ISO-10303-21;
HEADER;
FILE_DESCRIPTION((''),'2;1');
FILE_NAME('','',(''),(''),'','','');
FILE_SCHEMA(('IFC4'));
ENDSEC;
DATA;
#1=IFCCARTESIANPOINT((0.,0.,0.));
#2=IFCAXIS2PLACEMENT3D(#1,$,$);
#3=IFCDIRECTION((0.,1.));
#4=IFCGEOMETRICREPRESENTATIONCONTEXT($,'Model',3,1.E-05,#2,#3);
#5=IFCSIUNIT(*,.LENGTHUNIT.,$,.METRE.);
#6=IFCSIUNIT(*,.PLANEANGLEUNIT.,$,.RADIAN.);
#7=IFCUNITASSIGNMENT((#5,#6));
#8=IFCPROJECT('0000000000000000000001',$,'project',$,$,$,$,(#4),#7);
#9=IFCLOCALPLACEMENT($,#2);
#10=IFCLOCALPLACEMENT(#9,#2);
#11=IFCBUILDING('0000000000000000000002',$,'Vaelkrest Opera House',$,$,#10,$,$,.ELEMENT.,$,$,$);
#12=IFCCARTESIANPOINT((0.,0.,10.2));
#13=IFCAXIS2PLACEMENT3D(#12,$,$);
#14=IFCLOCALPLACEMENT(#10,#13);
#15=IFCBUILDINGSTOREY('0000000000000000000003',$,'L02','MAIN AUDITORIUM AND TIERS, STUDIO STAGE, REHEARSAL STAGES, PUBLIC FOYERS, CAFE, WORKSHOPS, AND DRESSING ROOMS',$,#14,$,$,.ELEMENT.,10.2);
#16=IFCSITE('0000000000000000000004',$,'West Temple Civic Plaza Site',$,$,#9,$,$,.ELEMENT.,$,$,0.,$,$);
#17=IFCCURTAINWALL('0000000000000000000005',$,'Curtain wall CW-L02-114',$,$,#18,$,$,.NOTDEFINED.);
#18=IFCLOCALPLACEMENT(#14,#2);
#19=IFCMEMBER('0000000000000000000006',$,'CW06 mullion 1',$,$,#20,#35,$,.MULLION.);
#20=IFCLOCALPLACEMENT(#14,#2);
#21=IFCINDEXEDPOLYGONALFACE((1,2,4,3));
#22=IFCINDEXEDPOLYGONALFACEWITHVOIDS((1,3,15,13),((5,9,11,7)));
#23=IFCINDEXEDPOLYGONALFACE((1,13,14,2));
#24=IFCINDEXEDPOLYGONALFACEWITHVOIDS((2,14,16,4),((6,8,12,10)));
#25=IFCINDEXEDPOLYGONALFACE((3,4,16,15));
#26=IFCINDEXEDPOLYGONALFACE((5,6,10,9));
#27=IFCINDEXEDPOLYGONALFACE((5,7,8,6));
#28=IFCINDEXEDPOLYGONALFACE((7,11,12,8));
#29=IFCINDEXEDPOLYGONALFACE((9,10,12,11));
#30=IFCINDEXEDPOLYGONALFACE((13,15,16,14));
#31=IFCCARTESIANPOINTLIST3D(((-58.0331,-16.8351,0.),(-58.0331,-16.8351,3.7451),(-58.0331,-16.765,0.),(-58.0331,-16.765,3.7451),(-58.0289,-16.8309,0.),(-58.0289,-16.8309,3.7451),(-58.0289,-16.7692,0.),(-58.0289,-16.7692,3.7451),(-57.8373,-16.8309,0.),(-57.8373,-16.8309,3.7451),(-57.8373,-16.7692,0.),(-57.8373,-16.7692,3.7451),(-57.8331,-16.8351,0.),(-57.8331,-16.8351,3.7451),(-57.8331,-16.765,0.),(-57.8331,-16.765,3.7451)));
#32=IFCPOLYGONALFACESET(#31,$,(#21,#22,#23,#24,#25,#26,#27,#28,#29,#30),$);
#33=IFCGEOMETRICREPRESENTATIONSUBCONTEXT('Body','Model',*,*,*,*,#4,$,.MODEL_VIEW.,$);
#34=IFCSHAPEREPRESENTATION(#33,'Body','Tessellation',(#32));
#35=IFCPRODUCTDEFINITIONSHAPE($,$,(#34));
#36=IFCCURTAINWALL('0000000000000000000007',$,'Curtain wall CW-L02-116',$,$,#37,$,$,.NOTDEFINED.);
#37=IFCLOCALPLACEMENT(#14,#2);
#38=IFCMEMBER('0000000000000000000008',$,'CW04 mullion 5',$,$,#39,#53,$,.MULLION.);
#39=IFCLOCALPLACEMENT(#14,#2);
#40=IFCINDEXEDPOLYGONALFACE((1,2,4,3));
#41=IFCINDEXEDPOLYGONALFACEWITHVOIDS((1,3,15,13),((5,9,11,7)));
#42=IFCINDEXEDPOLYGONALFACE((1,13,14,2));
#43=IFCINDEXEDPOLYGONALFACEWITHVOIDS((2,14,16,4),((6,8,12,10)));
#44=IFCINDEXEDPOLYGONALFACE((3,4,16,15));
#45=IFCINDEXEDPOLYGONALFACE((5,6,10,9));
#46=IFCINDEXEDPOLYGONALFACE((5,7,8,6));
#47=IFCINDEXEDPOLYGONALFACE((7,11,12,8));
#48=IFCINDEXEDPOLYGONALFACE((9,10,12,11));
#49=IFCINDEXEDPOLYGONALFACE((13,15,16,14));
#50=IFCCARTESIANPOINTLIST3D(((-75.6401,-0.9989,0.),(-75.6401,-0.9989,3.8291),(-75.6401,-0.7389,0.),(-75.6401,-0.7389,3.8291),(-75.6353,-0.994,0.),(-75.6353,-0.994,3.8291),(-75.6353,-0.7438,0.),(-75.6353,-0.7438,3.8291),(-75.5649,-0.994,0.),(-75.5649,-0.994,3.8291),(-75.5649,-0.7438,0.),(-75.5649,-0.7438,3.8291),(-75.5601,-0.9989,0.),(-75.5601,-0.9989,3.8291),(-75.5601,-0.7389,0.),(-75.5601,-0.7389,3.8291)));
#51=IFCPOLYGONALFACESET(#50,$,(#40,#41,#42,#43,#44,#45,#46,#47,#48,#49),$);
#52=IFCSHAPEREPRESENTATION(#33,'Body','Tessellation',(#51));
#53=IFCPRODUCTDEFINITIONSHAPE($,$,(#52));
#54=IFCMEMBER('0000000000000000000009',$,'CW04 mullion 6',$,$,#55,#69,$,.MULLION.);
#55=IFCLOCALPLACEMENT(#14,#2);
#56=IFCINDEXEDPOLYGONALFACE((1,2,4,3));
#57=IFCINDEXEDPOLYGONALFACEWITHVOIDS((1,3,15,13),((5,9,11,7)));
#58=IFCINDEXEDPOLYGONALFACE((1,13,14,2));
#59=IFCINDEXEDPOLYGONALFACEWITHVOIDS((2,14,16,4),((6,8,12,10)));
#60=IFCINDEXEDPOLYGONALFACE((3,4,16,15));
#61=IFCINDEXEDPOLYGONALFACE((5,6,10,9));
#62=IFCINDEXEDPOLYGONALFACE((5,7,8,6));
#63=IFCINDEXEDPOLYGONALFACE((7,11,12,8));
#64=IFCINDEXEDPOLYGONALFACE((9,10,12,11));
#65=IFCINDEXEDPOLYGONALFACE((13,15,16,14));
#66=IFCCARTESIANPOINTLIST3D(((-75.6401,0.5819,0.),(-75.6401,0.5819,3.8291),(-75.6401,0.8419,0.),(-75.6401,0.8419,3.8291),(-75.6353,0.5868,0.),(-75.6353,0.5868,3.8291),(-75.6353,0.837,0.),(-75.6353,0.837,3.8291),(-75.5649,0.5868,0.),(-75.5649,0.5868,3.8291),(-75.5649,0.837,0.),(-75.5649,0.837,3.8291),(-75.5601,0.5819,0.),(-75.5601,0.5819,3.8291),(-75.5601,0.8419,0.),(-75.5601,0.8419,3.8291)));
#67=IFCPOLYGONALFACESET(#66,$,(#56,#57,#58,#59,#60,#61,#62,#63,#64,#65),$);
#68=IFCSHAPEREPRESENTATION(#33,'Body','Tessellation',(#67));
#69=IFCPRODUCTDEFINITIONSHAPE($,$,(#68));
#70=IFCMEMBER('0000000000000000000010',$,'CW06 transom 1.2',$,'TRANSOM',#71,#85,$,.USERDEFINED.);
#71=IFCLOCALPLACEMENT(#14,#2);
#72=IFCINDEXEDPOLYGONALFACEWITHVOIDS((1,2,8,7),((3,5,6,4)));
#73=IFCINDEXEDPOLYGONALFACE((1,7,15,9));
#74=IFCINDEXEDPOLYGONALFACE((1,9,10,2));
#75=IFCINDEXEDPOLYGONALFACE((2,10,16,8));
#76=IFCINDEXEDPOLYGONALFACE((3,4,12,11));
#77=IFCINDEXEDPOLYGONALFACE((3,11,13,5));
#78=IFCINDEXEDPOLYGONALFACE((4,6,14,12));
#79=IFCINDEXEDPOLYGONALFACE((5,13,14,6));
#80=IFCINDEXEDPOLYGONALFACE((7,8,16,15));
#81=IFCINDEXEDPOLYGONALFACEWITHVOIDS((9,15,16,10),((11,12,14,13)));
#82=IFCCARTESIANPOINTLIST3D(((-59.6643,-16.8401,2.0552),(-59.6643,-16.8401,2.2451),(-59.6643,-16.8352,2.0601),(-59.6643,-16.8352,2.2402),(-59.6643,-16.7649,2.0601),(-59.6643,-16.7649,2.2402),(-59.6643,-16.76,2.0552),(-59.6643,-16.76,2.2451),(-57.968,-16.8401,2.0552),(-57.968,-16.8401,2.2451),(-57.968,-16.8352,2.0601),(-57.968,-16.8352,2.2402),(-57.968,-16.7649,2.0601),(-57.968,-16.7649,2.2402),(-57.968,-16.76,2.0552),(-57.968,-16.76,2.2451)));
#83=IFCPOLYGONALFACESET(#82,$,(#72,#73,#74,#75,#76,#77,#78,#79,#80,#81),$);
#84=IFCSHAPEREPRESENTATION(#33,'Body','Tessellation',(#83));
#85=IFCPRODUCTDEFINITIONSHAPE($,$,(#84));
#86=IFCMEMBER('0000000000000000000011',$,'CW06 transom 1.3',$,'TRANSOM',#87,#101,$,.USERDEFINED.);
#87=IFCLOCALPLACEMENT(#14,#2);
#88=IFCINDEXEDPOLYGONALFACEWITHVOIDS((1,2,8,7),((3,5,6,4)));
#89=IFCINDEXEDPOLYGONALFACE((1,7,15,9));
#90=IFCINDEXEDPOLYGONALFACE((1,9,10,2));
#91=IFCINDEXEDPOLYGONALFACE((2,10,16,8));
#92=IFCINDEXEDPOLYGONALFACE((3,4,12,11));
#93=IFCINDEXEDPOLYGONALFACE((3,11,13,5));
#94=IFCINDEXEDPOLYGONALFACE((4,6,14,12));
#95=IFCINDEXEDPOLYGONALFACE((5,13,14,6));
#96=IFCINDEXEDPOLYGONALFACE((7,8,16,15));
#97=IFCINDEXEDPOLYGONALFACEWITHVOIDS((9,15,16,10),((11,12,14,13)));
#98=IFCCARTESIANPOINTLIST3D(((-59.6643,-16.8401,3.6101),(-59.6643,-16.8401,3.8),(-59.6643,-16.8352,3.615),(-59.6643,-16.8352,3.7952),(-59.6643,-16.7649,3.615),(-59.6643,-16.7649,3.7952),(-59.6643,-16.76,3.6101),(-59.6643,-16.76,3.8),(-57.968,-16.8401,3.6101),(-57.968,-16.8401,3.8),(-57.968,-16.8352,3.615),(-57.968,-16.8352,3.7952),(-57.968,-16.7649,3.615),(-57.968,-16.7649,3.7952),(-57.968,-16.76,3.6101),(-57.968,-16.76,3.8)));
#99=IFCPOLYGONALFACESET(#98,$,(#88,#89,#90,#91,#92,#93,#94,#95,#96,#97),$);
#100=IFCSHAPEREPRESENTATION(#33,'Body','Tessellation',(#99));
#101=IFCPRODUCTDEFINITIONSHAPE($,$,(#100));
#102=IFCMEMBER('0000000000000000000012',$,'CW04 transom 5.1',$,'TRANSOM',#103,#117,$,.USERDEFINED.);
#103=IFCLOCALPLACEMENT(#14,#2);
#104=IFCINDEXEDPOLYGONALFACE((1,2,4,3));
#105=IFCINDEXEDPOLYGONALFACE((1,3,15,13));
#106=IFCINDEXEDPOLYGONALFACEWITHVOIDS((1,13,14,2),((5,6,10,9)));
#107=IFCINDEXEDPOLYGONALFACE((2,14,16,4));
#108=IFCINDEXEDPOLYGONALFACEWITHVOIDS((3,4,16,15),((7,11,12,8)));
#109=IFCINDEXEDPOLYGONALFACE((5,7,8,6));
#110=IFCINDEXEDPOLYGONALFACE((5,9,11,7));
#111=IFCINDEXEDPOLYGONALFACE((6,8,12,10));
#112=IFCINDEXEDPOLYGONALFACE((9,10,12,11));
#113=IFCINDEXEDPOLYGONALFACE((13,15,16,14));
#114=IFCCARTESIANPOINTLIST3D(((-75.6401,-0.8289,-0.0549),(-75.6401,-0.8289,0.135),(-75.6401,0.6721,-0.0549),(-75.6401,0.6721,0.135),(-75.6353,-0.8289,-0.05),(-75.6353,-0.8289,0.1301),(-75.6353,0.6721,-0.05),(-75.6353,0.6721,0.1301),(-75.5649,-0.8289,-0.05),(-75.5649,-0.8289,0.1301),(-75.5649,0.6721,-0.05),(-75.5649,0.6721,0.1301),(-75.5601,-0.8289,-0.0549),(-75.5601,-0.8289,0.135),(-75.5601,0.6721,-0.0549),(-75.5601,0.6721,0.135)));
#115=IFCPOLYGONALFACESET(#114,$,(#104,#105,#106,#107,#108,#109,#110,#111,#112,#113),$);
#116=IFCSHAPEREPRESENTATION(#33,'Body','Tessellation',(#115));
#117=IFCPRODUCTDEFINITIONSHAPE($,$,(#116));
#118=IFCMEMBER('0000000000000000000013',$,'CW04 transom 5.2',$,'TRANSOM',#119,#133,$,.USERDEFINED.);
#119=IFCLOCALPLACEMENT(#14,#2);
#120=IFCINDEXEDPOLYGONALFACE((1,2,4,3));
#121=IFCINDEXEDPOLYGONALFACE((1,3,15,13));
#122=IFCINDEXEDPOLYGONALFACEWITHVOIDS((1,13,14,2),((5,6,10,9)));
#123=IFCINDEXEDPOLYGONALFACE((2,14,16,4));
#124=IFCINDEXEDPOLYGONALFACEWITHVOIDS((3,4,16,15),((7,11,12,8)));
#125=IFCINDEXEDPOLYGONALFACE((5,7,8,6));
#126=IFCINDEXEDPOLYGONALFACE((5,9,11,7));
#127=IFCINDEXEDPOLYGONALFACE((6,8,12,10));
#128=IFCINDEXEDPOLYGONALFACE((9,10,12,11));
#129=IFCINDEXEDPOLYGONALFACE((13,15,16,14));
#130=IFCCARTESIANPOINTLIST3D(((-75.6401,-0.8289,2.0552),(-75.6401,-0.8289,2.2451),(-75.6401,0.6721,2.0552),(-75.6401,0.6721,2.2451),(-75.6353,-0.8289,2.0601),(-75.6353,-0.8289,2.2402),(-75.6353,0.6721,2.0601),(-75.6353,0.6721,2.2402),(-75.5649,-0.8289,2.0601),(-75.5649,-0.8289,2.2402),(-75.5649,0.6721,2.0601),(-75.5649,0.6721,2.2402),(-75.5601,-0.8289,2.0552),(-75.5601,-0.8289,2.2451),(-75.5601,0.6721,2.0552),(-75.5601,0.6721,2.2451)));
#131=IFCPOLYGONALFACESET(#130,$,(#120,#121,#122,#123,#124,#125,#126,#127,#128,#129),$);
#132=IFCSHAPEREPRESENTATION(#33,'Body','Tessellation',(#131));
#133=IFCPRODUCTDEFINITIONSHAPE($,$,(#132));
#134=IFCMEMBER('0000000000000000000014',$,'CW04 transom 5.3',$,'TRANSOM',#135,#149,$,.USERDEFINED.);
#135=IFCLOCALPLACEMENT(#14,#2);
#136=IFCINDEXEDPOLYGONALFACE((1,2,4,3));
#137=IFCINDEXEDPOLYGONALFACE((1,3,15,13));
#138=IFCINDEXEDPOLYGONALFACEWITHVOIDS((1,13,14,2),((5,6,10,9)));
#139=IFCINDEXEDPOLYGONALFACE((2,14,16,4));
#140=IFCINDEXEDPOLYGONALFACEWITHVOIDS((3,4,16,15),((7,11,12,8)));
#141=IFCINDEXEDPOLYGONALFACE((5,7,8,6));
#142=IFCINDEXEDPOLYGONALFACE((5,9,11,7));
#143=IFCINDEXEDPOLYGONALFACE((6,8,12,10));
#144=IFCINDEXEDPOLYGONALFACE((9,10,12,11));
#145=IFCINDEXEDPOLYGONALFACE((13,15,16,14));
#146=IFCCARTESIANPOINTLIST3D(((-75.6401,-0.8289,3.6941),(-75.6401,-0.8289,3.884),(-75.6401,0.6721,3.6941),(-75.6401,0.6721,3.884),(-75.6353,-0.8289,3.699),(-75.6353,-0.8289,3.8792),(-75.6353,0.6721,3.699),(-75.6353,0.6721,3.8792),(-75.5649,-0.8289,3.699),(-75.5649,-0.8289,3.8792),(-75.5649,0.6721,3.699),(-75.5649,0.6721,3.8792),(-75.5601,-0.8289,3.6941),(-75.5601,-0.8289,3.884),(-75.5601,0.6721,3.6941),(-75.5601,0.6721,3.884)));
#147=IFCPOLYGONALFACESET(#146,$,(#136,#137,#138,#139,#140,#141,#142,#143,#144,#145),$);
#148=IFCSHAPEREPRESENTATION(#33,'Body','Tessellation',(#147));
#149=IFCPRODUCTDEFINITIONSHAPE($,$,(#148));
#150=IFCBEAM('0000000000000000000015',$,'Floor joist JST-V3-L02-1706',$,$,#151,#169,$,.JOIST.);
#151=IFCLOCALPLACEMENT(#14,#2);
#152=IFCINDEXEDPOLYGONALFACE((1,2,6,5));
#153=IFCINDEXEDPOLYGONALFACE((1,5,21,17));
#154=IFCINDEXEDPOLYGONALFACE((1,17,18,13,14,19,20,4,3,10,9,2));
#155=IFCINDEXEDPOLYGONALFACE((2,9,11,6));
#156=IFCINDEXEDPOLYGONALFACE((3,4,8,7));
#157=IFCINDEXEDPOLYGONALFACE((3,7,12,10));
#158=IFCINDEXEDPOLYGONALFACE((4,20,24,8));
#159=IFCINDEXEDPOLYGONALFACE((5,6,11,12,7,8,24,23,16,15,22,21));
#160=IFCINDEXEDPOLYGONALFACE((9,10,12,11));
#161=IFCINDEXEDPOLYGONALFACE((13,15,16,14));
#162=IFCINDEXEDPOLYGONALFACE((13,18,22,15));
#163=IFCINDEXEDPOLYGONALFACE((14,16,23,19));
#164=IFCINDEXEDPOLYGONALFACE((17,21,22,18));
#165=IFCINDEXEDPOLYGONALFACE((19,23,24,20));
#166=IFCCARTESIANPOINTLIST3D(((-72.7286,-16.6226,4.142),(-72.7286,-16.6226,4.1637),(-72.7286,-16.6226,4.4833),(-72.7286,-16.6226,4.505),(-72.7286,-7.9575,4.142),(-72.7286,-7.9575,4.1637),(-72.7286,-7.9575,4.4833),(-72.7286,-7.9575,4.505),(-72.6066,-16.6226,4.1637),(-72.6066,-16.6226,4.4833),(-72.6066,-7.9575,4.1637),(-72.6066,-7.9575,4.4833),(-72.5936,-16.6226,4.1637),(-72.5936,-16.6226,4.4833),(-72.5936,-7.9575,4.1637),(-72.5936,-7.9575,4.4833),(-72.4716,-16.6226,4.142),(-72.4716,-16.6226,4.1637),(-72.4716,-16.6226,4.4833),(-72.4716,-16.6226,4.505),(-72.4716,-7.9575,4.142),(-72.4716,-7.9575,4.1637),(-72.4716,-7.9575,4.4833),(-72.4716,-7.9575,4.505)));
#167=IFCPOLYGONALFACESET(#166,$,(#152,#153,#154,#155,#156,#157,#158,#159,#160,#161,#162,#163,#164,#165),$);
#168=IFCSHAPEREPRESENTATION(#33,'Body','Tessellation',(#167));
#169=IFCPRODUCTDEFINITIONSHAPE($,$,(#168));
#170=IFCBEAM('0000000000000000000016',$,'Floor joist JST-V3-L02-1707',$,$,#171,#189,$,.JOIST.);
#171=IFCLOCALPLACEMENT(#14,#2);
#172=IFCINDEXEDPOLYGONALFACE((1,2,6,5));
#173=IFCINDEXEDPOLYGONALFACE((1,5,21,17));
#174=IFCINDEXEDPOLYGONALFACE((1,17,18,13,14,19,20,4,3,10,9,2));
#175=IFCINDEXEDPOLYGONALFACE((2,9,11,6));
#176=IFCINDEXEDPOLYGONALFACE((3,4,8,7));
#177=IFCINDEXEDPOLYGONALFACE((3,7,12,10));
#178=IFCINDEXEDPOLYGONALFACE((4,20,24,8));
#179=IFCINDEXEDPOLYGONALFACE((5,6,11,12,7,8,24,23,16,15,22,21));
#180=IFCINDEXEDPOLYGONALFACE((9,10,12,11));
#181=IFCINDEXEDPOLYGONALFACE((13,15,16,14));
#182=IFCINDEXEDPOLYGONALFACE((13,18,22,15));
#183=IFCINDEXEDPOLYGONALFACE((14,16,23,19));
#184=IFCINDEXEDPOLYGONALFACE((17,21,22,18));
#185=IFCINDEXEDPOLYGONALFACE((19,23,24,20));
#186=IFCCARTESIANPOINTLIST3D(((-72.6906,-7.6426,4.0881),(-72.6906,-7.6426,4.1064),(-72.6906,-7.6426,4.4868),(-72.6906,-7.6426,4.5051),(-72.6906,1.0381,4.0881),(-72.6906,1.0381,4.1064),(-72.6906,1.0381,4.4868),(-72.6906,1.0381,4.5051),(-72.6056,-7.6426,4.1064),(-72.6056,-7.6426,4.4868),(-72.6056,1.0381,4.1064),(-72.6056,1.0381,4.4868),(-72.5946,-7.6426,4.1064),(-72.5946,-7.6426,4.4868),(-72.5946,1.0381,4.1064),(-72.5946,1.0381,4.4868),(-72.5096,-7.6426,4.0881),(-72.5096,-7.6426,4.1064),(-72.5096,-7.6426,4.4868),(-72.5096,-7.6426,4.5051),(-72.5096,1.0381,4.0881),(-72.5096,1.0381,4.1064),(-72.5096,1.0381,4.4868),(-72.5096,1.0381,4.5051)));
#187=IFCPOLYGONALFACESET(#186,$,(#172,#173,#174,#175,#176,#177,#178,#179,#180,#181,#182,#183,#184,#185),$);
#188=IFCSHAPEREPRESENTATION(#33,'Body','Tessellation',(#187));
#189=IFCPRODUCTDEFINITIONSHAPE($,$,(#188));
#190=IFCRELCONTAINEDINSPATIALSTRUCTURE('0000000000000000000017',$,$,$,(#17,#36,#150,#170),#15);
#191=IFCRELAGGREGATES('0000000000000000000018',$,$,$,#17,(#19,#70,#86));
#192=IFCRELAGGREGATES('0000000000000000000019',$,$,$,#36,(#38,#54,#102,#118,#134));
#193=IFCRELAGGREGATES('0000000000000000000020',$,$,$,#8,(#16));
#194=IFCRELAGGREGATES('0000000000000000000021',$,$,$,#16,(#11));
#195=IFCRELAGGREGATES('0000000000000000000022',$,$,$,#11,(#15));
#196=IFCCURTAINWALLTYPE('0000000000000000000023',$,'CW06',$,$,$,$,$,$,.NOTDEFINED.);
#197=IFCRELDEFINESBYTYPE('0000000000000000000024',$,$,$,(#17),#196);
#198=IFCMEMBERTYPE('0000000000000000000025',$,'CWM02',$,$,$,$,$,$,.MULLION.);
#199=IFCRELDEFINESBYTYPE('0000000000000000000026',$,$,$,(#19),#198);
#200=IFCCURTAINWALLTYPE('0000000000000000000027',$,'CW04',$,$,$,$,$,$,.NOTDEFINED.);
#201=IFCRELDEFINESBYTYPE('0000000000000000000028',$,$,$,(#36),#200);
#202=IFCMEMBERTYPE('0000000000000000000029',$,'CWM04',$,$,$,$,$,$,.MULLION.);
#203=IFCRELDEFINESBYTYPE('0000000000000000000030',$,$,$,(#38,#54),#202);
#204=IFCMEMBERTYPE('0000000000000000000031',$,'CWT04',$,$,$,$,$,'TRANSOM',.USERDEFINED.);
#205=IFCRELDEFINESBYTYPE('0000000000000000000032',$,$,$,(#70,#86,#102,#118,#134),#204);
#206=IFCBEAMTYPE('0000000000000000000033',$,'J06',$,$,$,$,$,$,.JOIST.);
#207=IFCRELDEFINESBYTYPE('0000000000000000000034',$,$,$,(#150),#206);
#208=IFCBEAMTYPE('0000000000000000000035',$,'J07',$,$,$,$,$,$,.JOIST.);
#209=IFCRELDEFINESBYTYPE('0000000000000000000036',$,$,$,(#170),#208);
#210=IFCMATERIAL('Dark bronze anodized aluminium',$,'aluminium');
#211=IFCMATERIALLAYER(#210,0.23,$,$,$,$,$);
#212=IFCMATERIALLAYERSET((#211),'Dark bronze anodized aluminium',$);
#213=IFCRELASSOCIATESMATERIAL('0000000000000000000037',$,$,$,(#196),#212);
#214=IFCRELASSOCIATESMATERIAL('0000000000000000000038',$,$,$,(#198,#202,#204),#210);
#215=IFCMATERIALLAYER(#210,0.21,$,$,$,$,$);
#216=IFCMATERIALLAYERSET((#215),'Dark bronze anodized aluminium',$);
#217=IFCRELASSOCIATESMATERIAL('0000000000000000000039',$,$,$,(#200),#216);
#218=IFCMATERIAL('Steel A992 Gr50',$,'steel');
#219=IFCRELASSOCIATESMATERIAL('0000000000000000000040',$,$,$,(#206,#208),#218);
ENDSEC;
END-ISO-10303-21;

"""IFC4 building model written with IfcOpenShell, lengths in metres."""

from ifc_helpers import new_model, si_unit, direction, frame, origin, origin_2d, place, context, subcontext, project, spatial, hollow_rectangle, i_section, extrude, material, layer, layer_set, material_profile, profile_set, type_object, element, aggregate, save


model = new_model("IFC4")

# Units and contexts
model_context = context("Model", 3, precision=1e-05, world=origin(), true_north=direction((0.0, 1.0)))
body_context = subcontext(model_context, "Body", "Model", "MODEL_VIEW")
ifc_project = project(units=[si_unit("LENGTHUNIT", "METRE"), si_unit("PLANEANGLEUNIT", "RADIAN")], contexts=[model_context])

# Site, building, storey
site_placement = place(None, origin())
site = spatial("IfcSite", under=ifc_project, at=site_placement, Name="West Temple Civic Plaza Site", CompositionType="ELEMENT", RefElevation=0.0)
building_placement = place(site_placement, origin())
building = spatial("IfcBuilding", under=site, at=building_placement, Name="Vaelkrest Opera House", CompositionType="ELEMENT")
storey_placement = place(building_placement, frame((0.0, 0.0, 10.2)))
storey = spatial("IfcBuildingStorey", under=building, at=storey_placement, Name="L02", Description="MAIN AUDITORIUM AND TIERS, STUDIO STAGE, REHEARSAL STAGES, PUBLIC FOYERS, CAFE, WORKSHOPS, AND DRESSING ROOMS", CompositionType="ELEMENT", Elevation=10.2)

# Shared definitions
ifc_material_1 = material(Name="Steel A992 Gr50", Category="steel")

# Curtain wall, member
ifc_material_2 = material(Name="Dark bronze anodized aluminium", Category="aluminium")
ifc_layer_1 = layer(ifc_material_2, 0.23)
ifc_layer_set_1 = layer_set([ifc_layer_1], Name="Dark bronze anodized aluminium")
curtain_wall_type_1 = type_object("IfcCurtainWallType", Name="CW06", PredefinedType="NOTDEFINED", material=ifc_layer_set_1)
curtain_wall_1_placement = place(storey_placement, origin())
curtain_wall_1 = element("IfcCurtainWall", 1, at=curtain_wall_1_placement, inside=storey, type_object=curtain_wall_type_1, Name="Curtain wall CW-L02-114", PredefinedType="NOTDEFINED")
ifc_material_profile_1 = material_profile(ifc_material_2, hollow_rectangle(XDim=0.0701, YDim=0.2, WallThickness=0.0042, at=origin_2d()), Name="CWM70X200")
ifc_profile_set_1 = profile_set([ifc_material_profile_1], Name="Dark bronze anodized aluminium")
member_type_1 = type_object("IfcMemberType", Name="CWM02", PredefinedType="MULLION", material=ifc_profile_set_1)
member_1_placement = place(storey_placement, frame((-57.9331, -16.8, 0.0), z_axis=(0.0, 0.0, 1.0), x_axis=(0.0, -1.0, 0.0)))
member_1 = element("IfcMember", 2, at=member_1_placement, type_object=member_type_1, Name="CW06 mullion 1", PredefinedType="MULLION", context=body_context, shape_type="SweptSolid", body=[
    extrude(hollow_rectangle(XDim=0.0701, YDim=0.2, WallThickness=0.0042, at=origin_2d()), origin(), (0.0, 0.0, 1.0), 3.7451),
])

# Curtain wall, members
ifc_layer_2 = layer(ifc_material_2, 0.21)
ifc_layer_set_2 = layer_set([ifc_layer_2], Name="Dark bronze anodized aluminium")
curtain_wall_type_2 = type_object("IfcCurtainWallType", Name="CW04", PredefinedType="NOTDEFINED", material=ifc_layer_set_2)
curtain_wall_2_placement = place(storey_placement, origin())
curtain_wall_2 = element("IfcCurtainWall", 3, at=curtain_wall_2_placement, inside=storey, type_object=curtain_wall_type_2, Name="Curtain wall CW-L02-116", PredefinedType="NOTDEFINED")
ifc_material_profile_2 = material_profile(ifc_material_2, hollow_rectangle(XDim=0.0801, YDim=0.26, WallThickness=0.0049, at=origin_2d()), Name="CWM80X260")
ifc_profile_set_2 = profile_set([ifc_material_profile_2], Name="Dark bronze anodized aluminium")
member_type_2 = type_object("IfcMemberType", Name="CWM04", PredefinedType="MULLION", material=ifc_profile_set_2)
member_2_placement = place(storey_placement, frame((-75.6001, -0.8689, 0.0), z_axis=(0.0, 0.0, 1.0), x_axis=(-1.0, 0.0, 0.0)))
member_2 = element("IfcMember", 4, at=member_2_placement, type_object=member_type_2, Name="CW04 mullion 5", PredefinedType="MULLION", context=body_context, shape_type="SweptSolid", body=[
    extrude(hollow_rectangle(XDim=0.0801, YDim=0.26, WallThickness=0.0049, at=origin_2d()), origin(), (0.0, 0.0, 1.0), 3.8291),
])
member_3_placement = place(storey_placement, frame((-75.6001, 0.7119, 0.0), z_axis=(0.0, 0.0, 1.0), x_axis=(-1.0, 0.0, 0.0)))
member_3 = element("IfcMember", 5, at=member_3_placement, type_object=member_type_2, Name="CW04 mullion 6", PredefinedType="MULLION", context=body_context, shape_type="SweptSolid", body=[
    extrude(hollow_rectangle(XDim=0.0801, YDim=0.26, WallThickness=0.0049, at=origin_2d()), origin(), (0.0, 0.0, 1.0), 3.8291),
])

# Members
ifc_material_profile_3 = material_profile(ifc_material_2, hollow_rectangle(XDim=0.0801, YDim=0.1899, WallThickness=0.0049, at=origin_2d()), Name="CWT80X190")
ifc_profile_set_3 = profile_set([ifc_material_profile_3], Name="Dark bronze anodized aluminium")
member_type_3 = type_object("IfcMemberType", Name="CWT04", ElementType="TRANSOM", PredefinedType="USERDEFINED", material=ifc_profile_set_3)
member_4_placement = place(storey_placement, frame((-57.968, -16.8, 2.1501), z_axis=(-1.0, 0.0, 0.0), x_axis=(0.0, -1.0, 0.0)))
member_4 = element("IfcMember", 6, at=member_4_placement, type_object=member_type_3, Name="CW06 transom 1.2", ObjectType="TRANSOM", PredefinedType="USERDEFINED", context=body_context, shape_type="SweptSolid", body=[
    extrude(hollow_rectangle(XDim=0.0801, YDim=0.1899, WallThickness=0.0049, at=origin_2d()), origin(), (0.0, 0.0, 1.0), 1.6963),
])
member_5_placement = place(storey_placement, frame((-57.968, -16.8, 3.7051), z_axis=(-1.0, 0.0, 0.0), x_axis=(0.0, -1.0, 0.0)))
member_5 = element("IfcMember", 7, at=member_5_placement, type_object=member_type_3, Name="CW06 transom 1.3", ObjectType="TRANSOM", PredefinedType="USERDEFINED", context=body_context, shape_type="SweptSolid", body=[
    extrude(hollow_rectangle(XDim=0.0801, YDim=0.1899, WallThickness=0.0049, at=origin_2d()), origin(), (0.0, 0.0, 1.0), 1.6963),
])
aggregate(curtain_wall_1, [member_1, member_4, member_5])
member_6_placement = place(storey_placement, frame((-75.6001, -0.8289, 0.04), z_axis=(0.0, 1.0, 0.0), x_axis=(-1.0, 0.0, 0.0)))
member_6 = element("IfcMember", 8, at=member_6_placement, type_object=member_type_3, Name="CW04 transom 5.1", ObjectType="TRANSOM", PredefinedType="USERDEFINED", context=body_context, shape_type="SweptSolid", body=[
    extrude(hollow_rectangle(XDim=0.0801, YDim=0.1899, WallThickness=0.0049, at=origin_2d()), origin(), (0.0, 0.0, 1.0), 1.501),
])
member_7_placement = place(storey_placement, frame((-75.6001, -0.8289, 2.1501), z_axis=(0.0, 1.0, 0.0), x_axis=(-1.0, 0.0, 0.0)))
member_7 = element("IfcMember", 9, at=member_7_placement, type_object=member_type_3, Name="CW04 transom 5.2", ObjectType="TRANSOM", PredefinedType="USERDEFINED", context=body_context, shape_type="SweptSolid", body=[
    extrude(hollow_rectangle(XDim=0.0801, YDim=0.1899, WallThickness=0.0049, at=origin_2d()), origin(), (0.0, 0.0, 1.0), 1.501),
])
member_8_placement = place(storey_placement, frame((-75.6001, -0.8289, 3.7891), z_axis=(0.0, 1.0, 0.0), x_axis=(-1.0, 0.0, 0.0)))
member_8 = element("IfcMember", 10, at=member_8_placement, type_object=member_type_3, Name="CW04 transom 5.3", ObjectType="TRANSOM", PredefinedType="USERDEFINED", context=body_context, shape_type="SweptSolid", body=[
    extrude(hollow_rectangle(XDim=0.0801, YDim=0.1899, WallThickness=0.0049, at=origin_2d()), origin(), (0.0, 0.0, 1.0), 1.501),
])

# Beams
ifc_material_profile_4 = material_profile(ifc_material_1, i_section(OverallWidth=0.2571, OverallDepth=0.363, WebThickness=0.0129, FlangeThickness=0.0217, at=origin_2d()), Name="W14X82")
ifc_profile_set_4 = profile_set([ifc_material_profile_4], Name="Steel A992 Gr50")
beam_type_1 = type_object("IfcBeamType", Name="J06", PredefinedType="JOIST", material=ifc_profile_set_4)
beam_1_placement = place(storey_placement, frame((-72.6001, -16.6226, 4.3235), z_axis=(0.0, 1.0, 0.0), x_axis=(-1.0, 0.0, 0.0)))
element("IfcBeam", 11, at=beam_1_placement, inside=storey, type_object=beam_type_1, Name="Floor joist JST-V3-L02-1706", PredefinedType="JOIST", context=body_context, shape_type="SweptSolid", body=[
    extrude(i_section(OverallWidth=0.2571, OverallDepth=0.363, WebThickness=0.0129, FlangeThickness=0.0217, at=origin_2d()), origin(), (0.0, 0.0, 1.0), 8.665),
])
ifc_material_profile_5 = material_profile(ifc_material_1, i_section(OverallWidth=0.1809, OverallDepth=0.417, WebThickness=0.011, FlangeThickness=0.0183, at=origin_2d()), Name="W16X57")
ifc_profile_set_5 = profile_set([ifc_material_profile_5], Name="Steel A992 Gr50")
beam_type_2 = type_object("IfcBeamType", Name="J07", PredefinedType="JOIST", material=ifc_profile_set_5)
beam_2_placement = place(storey_placement, frame((-72.6001, -7.6426, 4.2966), z_axis=(0.0, 1.0, 0.0), x_axis=(-1.0, 0.0, 0.0)))
element("IfcBeam", 12, at=beam_2_placement, inside=storey, type_object=beam_type_2, Name="Floor joist JST-V3-L02-1707", PredefinedType="JOIST", context=body_context, shape_type="SweptSolid", body=[
    extrude(i_section(OverallWidth=0.1809, OverallDepth=0.417, WebThickness=0.011, FlangeThickness=0.0183, at=origin_2d()), origin(), (0.0, 0.0, 1.0), 8.6807),
])

aggregate(curtain_wall_2, [member_2, member_3, member_6, member_7, member_8])

save(model, "model.ifc")
